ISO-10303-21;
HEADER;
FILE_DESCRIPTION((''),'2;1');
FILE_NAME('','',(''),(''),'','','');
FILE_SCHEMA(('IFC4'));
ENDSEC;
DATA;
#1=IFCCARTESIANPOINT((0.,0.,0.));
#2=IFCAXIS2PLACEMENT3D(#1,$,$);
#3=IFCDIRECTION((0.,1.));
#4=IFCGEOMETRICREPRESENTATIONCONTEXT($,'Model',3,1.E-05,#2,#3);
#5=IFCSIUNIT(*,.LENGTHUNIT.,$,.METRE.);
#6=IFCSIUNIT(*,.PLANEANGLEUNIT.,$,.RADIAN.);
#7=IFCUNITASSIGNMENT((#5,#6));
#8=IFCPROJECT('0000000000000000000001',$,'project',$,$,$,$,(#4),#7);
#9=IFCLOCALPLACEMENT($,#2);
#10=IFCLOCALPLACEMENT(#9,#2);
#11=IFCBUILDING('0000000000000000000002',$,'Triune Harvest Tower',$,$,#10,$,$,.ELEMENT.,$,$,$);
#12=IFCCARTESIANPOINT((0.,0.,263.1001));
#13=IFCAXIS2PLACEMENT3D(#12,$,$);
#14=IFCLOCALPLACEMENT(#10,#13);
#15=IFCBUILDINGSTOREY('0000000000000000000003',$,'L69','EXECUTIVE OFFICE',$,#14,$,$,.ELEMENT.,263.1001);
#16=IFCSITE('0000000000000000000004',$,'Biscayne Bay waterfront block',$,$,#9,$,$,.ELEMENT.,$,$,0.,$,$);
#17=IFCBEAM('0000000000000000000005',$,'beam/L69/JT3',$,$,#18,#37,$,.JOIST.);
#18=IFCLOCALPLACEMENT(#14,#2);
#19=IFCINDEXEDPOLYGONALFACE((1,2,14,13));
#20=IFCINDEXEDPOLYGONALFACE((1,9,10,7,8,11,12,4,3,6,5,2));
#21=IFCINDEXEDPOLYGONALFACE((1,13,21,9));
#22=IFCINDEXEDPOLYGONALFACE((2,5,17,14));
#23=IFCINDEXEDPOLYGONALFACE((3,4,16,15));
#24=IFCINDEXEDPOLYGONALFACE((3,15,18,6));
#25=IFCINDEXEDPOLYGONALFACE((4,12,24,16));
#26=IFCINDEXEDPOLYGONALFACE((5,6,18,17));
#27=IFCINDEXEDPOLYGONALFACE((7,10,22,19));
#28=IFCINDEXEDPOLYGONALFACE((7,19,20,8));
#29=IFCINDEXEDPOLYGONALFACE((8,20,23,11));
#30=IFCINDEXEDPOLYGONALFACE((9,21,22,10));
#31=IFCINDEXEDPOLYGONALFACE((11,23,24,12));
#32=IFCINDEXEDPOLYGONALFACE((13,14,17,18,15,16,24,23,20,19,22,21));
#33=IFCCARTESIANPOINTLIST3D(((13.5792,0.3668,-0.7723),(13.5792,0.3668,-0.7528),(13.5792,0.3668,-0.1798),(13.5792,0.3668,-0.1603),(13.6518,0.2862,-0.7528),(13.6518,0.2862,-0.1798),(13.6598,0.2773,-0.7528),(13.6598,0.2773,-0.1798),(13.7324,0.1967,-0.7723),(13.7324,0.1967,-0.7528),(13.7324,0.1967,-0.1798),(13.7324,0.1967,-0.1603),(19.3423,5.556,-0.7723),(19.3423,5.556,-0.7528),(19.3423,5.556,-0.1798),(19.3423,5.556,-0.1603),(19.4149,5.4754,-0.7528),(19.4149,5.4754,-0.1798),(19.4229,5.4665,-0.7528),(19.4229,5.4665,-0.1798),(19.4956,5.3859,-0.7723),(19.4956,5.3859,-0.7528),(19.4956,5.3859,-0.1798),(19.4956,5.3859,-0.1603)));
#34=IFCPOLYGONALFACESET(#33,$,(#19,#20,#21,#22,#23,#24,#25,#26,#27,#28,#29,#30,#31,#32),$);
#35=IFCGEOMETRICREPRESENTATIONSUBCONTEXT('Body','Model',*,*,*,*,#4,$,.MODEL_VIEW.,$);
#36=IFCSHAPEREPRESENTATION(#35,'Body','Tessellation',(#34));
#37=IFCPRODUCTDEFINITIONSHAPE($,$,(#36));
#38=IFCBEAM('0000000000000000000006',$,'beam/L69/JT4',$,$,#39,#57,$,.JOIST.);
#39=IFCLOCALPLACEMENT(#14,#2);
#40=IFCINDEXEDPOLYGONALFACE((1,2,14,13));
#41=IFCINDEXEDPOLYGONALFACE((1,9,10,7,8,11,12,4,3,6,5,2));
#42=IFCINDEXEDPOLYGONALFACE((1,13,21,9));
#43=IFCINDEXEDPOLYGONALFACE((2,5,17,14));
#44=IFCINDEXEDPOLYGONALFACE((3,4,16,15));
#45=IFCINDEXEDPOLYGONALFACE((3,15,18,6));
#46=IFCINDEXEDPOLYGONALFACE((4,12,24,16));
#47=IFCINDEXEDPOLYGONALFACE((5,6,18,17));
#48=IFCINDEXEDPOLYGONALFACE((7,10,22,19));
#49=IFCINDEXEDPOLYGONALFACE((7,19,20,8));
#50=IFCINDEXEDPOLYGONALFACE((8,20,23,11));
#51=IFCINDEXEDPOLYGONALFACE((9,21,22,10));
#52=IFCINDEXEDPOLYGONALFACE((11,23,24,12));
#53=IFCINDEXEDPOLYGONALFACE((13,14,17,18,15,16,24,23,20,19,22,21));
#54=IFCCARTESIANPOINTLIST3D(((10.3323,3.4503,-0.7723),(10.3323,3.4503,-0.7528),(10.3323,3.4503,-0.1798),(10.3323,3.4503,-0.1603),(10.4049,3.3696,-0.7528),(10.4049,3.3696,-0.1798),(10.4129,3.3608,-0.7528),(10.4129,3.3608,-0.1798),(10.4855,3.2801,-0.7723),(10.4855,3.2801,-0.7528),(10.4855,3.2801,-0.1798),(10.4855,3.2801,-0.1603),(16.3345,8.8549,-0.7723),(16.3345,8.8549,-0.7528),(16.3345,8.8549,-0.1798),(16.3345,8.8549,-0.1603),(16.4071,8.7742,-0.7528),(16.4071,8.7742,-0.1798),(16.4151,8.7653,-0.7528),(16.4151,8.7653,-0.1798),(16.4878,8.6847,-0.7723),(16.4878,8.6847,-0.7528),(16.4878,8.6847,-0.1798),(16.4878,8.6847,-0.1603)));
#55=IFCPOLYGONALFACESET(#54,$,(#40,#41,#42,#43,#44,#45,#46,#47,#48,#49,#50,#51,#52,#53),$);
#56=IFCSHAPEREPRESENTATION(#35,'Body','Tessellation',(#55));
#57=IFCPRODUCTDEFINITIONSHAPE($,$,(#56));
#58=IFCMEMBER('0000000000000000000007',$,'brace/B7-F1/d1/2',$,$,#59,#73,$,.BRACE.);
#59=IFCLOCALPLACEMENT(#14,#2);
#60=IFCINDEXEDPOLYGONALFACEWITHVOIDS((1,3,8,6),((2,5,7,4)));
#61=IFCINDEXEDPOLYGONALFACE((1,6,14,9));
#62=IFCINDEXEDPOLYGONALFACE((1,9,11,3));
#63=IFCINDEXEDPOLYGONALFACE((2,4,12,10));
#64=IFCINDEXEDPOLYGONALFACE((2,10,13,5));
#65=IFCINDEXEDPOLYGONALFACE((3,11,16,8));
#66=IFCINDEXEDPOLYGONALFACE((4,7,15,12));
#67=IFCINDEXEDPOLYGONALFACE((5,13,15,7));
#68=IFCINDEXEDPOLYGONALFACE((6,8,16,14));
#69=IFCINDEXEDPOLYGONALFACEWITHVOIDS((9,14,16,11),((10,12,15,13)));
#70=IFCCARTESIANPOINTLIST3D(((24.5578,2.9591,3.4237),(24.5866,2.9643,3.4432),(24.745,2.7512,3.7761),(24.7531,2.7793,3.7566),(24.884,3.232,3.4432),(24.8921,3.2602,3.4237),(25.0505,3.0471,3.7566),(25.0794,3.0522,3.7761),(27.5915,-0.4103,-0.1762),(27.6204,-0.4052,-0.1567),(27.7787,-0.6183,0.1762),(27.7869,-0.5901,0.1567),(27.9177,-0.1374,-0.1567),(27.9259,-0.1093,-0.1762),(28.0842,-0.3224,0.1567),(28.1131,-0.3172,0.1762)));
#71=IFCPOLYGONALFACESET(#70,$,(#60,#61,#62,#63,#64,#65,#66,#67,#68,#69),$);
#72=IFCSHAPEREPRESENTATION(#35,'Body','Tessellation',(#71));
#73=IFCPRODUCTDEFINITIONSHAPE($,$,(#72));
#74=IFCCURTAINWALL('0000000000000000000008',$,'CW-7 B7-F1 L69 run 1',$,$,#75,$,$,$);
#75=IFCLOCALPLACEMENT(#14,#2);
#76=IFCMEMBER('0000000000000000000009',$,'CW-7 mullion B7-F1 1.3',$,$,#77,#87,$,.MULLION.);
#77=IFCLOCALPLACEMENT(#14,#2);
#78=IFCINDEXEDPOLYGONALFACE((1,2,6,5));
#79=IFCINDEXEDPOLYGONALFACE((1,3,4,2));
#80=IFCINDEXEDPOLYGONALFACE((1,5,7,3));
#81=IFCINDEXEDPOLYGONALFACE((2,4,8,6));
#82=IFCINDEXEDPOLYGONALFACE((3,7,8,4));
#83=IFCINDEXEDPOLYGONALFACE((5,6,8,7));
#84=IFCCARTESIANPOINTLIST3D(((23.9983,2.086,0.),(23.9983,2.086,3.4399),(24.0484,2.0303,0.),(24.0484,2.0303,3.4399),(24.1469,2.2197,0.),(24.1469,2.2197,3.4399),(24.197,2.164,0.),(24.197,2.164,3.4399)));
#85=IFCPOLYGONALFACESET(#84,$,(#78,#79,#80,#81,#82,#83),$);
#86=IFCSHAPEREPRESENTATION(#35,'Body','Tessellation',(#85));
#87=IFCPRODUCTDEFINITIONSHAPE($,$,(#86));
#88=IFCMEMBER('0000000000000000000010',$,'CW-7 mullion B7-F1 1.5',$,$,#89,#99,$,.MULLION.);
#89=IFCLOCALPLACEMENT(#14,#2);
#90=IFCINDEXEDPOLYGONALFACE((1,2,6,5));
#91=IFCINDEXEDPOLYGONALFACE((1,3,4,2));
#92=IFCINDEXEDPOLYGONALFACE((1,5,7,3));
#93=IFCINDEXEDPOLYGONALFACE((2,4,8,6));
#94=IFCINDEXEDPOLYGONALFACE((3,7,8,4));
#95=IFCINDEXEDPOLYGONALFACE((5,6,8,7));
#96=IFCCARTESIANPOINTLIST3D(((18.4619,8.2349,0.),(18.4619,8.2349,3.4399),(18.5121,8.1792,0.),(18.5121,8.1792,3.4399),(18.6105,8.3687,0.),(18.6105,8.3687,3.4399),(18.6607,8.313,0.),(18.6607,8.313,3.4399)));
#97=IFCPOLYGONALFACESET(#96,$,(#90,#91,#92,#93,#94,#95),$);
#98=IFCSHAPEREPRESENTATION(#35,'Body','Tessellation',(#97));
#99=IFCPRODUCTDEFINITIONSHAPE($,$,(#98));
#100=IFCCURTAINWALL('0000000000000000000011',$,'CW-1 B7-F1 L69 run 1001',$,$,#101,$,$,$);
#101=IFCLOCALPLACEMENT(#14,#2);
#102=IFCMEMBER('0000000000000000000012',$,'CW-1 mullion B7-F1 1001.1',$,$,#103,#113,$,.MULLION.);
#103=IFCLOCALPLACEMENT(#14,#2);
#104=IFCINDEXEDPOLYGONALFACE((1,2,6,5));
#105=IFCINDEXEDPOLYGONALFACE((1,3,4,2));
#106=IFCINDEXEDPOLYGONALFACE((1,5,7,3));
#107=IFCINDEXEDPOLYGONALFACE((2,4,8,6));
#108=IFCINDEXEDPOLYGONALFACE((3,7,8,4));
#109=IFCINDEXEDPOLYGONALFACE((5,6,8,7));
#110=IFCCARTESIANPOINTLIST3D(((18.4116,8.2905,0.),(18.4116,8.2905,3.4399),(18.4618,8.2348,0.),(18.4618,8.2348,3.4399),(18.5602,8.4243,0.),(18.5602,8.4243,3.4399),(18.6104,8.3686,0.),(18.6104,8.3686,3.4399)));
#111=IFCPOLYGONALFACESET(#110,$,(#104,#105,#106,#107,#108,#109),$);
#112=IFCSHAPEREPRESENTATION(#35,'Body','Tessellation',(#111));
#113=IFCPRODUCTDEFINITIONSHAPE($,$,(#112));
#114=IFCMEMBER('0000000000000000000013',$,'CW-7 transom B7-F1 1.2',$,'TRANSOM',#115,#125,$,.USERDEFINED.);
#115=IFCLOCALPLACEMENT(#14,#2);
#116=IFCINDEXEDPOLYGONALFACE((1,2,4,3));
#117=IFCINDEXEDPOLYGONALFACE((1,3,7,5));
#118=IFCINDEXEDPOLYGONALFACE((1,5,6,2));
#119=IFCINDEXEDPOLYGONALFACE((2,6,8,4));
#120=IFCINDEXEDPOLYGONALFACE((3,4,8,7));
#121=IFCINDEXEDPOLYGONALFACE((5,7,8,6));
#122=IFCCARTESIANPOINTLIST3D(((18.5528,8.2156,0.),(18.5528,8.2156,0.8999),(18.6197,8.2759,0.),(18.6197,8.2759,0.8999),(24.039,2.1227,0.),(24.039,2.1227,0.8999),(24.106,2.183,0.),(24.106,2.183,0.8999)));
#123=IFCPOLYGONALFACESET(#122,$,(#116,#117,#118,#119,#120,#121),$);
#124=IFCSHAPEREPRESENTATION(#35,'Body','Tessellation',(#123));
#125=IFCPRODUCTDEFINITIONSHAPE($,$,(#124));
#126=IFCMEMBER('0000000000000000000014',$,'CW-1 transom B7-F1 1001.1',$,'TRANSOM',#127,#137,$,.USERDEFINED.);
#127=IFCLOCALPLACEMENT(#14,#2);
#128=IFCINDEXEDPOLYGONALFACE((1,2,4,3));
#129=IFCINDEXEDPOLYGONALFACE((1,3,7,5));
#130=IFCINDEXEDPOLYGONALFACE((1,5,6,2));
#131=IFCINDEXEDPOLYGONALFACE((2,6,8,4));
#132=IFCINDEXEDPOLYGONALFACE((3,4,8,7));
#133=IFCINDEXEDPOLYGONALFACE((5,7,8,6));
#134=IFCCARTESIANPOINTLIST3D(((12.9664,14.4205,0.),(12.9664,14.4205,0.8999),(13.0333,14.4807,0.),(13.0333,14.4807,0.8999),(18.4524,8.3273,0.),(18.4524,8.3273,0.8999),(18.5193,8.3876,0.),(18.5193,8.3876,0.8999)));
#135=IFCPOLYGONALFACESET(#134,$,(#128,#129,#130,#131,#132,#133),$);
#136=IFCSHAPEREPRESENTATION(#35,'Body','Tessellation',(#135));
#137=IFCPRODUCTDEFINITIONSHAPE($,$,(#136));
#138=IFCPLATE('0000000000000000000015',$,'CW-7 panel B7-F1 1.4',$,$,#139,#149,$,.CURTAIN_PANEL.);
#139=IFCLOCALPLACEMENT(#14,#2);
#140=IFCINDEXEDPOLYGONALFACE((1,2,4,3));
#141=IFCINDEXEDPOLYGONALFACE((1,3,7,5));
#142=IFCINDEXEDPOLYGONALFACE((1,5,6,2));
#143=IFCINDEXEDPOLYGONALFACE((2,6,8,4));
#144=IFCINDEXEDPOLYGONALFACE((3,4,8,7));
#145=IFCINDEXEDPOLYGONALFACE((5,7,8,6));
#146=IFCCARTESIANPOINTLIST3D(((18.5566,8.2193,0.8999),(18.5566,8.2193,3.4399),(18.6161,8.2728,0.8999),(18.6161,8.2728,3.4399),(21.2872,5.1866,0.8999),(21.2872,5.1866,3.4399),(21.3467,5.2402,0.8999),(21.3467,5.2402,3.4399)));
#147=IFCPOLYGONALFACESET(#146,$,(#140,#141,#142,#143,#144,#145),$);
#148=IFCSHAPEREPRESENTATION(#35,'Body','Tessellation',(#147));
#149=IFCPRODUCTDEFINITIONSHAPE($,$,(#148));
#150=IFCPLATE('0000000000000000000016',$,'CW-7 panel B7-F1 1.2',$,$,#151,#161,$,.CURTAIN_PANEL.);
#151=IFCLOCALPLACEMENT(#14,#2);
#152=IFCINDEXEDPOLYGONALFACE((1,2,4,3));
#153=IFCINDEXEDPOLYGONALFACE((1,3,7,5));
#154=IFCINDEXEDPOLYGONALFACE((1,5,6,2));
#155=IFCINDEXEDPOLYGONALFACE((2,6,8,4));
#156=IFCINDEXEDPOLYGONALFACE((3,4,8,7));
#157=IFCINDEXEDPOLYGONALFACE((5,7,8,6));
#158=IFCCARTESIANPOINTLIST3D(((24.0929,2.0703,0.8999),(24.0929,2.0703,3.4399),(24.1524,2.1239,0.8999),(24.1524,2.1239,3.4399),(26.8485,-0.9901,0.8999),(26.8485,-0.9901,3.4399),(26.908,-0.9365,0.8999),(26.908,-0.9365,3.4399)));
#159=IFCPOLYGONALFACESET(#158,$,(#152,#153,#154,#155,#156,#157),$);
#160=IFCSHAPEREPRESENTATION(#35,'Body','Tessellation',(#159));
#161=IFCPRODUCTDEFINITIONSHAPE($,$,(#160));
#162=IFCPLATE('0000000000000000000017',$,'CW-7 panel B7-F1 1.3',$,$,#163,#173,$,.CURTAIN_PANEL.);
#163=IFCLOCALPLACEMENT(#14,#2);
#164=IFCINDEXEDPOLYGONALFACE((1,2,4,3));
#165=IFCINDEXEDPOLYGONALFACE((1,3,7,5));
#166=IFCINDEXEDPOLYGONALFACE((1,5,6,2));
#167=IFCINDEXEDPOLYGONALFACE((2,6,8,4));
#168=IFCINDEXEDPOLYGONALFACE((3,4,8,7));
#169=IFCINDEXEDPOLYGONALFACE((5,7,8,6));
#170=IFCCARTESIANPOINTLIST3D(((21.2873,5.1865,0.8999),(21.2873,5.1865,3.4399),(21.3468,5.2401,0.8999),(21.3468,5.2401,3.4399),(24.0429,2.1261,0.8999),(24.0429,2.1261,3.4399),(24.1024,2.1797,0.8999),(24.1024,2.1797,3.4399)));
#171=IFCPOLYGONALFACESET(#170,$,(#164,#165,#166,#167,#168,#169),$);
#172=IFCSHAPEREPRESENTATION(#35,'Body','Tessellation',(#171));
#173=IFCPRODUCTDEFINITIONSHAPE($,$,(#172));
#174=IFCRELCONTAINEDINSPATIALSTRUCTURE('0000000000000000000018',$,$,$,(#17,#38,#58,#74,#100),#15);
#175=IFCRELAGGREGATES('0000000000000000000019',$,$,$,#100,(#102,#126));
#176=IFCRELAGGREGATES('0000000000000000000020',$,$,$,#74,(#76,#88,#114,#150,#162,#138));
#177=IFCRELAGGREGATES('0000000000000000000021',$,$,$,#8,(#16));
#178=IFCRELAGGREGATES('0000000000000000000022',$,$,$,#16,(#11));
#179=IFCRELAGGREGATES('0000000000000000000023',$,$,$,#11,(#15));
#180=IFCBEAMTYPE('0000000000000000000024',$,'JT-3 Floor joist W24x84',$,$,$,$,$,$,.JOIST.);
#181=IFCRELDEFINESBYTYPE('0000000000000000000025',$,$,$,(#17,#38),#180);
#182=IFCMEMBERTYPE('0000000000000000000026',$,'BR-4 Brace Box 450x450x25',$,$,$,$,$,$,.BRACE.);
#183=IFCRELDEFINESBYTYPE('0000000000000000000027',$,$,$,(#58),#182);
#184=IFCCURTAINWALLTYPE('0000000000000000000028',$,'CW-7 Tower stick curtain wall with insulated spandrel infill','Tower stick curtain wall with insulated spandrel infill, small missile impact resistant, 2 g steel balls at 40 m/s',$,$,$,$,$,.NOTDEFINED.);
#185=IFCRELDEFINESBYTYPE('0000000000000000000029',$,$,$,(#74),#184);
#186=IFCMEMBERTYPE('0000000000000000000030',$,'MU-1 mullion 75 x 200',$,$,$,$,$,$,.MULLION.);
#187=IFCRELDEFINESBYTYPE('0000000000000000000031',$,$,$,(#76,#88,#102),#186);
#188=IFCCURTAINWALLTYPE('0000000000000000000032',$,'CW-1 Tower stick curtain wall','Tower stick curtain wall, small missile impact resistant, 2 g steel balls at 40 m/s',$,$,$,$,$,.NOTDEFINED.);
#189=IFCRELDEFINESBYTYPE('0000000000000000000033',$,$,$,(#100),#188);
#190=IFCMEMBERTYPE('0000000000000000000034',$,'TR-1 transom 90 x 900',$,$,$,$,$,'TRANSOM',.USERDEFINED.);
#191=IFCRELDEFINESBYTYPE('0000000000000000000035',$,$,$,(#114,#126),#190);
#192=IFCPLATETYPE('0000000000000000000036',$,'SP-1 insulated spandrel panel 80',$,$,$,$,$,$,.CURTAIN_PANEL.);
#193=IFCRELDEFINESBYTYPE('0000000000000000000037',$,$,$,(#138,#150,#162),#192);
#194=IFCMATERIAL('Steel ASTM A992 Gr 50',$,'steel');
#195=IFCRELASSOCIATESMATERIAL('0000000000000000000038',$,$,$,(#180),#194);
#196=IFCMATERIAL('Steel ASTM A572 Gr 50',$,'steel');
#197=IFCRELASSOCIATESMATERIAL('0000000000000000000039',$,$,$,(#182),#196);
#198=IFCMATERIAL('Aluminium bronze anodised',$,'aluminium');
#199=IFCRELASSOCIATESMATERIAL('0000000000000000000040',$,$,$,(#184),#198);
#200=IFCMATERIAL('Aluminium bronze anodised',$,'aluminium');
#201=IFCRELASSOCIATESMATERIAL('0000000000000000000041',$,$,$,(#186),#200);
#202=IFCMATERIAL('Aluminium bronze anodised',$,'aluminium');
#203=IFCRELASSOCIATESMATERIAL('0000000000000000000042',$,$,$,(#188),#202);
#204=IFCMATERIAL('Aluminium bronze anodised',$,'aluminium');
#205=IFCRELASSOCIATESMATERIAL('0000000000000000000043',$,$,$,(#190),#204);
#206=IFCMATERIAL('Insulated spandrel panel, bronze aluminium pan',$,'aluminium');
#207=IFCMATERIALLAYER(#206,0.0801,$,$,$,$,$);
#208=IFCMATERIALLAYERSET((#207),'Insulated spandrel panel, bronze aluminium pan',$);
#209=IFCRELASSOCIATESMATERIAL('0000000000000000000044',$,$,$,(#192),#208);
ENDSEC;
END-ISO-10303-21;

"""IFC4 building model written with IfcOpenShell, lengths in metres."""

from ifc_helpers import new_model, si_unit, direction, frame, origin, origin_2d, place, context, subcontext, project, spatial, rectangle, hollow_rectangle, i_section, extrude, source, transform, mapped, material, layer, layer_set, material_profile, profile_set, type_object, element, aggregate, save


model = new_model("IFC4")

# Units and contexts
model_context = context("Model", 3, precision=1e-05, world=origin(), true_north=direction((0.0, 1.0)))
body_context = subcontext(model_context, "Body", "Model", "MODEL_VIEW")
ifc_project = project(units=[si_unit("LENGTHUNIT", "METRE"), si_unit("PLANEANGLEUNIT", "RADIAN")], contexts=[model_context])

# Site, building, storey
site_placement = place(None, origin())
site = spatial("IfcSite", under=ifc_project, at=site_placement, Name="Biscayne Bay waterfront block", CompositionType="ELEMENT", RefElevation=0.0)
building_placement = place(site_placement, origin())
building = spatial("IfcBuilding", under=site, at=building_placement, Name="Triune Harvest Tower", CompositionType="ELEMENT")
storey_placement = place(building_placement, frame((0.0, 0.0, 263.1001)))
storey = spatial("IfcBuildingStorey", under=building, at=storey_placement, Name="L69", Description="EXECUTIVE OFFICE", CompositionType="ELEMENT", Elevation=263.1001)

# Beams
ifc_material_1 = material(Name="Steel ASTM A992 Gr 50", Category="steel")
ifc_material_profile_1 = material_profile(ifc_material_1, i_section(OverallWidth=0.229, OverallDepth=0.6121, WebThickness=0.012, FlangeThickness=0.0195, at=origin_2d()), Name="W24x84")
ifc_profile_set_1 = profile_set([ifc_material_profile_1], Name="Steel ASTM A992 Gr 50")
beam_type_1 = type_object("IfcBeamType", Name="JT-3 Floor joist W24x84", PredefinedType="JOIST", material=ifc_profile_set_1)
shared_shape_1 = source(origin(), body_context, "Body", "SweptSolid", [
    extrude(i_section(OverallWidth=0.229, OverallDepth=0.6121, WebThickness=0.012, FlangeThickness=0.0195, at=origin_2d()), origin(), (0.0, 0.0, 1.0), 7.7551),
])
beam_1_placement = place(storey_placement, frame((19.4189, 5.4709, -0.4663), z_axis=(-0.743144, -0.669132, 0.0), x_axis=(0.669132, -0.743144, 0.0)))
element("IfcBeam", 1, at=beam_1_placement, inside=storey, type_object=beam_type_1, Name="beam/L69/JT3", PredefinedType="JOIST", context=body_context, shape_type="MappedRepresentation", body=[
    mapped(shared_shape_1, transform((0.0, 0.0, 0.0), scale=1.0)),
])
shared_shape_2 = source(origin(), body_context, "Body", "SweptSolid", [
    extrude(i_section(OverallWidth=0.229, OverallDepth=0.6121, WebThickness=0.012, FlangeThickness=0.0195, at=origin_2d()), origin(), (0.0, 0.0, 1.0), 8.0769),
])
beam_2_placement = place(storey_placement, frame((16.4111, 8.7698, -0.4663), z_axis=(-0.743136, -0.66914, 0.0), x_axis=(0.66914, -0.743136, 0.0)))
element("IfcBeam", 2, at=beam_2_placement, inside=storey, type_object=beam_type_1, Name="beam/L69/JT4", PredefinedType="JOIST", context=body_context, shape_type="MappedRepresentation", body=[
    mapped(shared_shape_2, transform((0.0, 0.0, 0.0), scale=1.0)),
])

# Member
ifc_material_2 = material(Name="Steel ASTM A572 Gr 50", Category="steel")
ifc_material_profile_2 = material_profile(ifc_material_2, hollow_rectangle(XDim=0.45, YDim=0.45, WallThickness=0.0249, at=origin_2d()), Name="Box 450x450x25")
ifc_profile_set_2 = profile_set([ifc_material_profile_2], Name="Steel ASTM A572 Gr 50")
member_type_1 = type_object("IfcMemberType", Name="BR-4 Brace Box 450x450x25", PredefinedType="BRACE", material=ifc_profile_set_2)
shared_shape_3 = source(origin(), body_context, "Body", "SweptSolid", [
    extrude(hollow_rectangle(XDim=0.45, YDim=0.45, WallThickness=0.0249, at=origin_2d()), origin(), (0.0, 0.0, 1.0), 5.7893),
])
member_1_placement = place(storey_placement, frame((27.8523, -0.3638, 0.0), z_axis=(-0.524025, 0.582011, 0.621821), x_axis=(-0.743158, -0.669116, 0.0)))
element("IfcMember", 3, at=member_1_placement, inside=storey, type_object=member_type_1, Name="brace/B7-F1/d1/2", PredefinedType="BRACE", context=body_context, shape_type="MappedRepresentation", body=[
    mapped(shared_shape_3, transform((0.0, 0.0, 0.0), scale=1.0)),
])

# Curtain wall, members
ifc_material_3 = material(Name="Aluminium bronze anodised", Category="aluminium")
curtain_wall_type_1 = type_object("IfcCurtainWallType", Name="CW-7 Tower stick curtain wall with insulated spandrel infill", Description="Tower stick curtain wall with insulated spandrel infill, small missile impact resistant, 2 g steel balls at 40 m/s", PredefinedType="NOTDEFINED", material=ifc_material_3)
curtain_wall_1_placement = place(storey_placement, origin())
curtain_wall_1 = element("IfcCurtainWall", 4, at=curtain_wall_1_placement, inside=storey, type_object=curtain_wall_type_1, Name="CW-7 B7-F1 L69 run 1")
ifc_material_4 = material(Name="Aluminium bronze anodised", Category="aluminium")
ifc_material_profile_3 = material_profile(ifc_material_4, rectangle(XDim=0.2, YDim=0.075, at=origin_2d()), Name="MU-1 mullion 75 x 200")
ifc_profile_set_3 = profile_set([ifc_material_profile_3], Name="Aluminium bronze anodised")
member_type_2 = type_object("IfcMemberType", Name="MU-1 mullion 75 x 200", PredefinedType="MULLION", material=ifc_profile_set_3)
shared_shape_4 = source(origin(), body_context, "Body", "SweptSolid", [
    extrude(rectangle(XDim=0.2, YDim=0.075, at=origin_2d()), origin(), (0.0, 0.0, 1.0), 3.4399),
])
member_2_placement = place(storey_placement, frame((24.0977, 2.125, 0.0), z_axis=(0.0, 0.0, 1.0), x_axis=(-0.743142, -0.669134, 0.0)))
member_2 = element("IfcMember", 5, at=member_2_placement, type_object=member_type_2, Name="CW-7 mullion B7-F1 1.3", PredefinedType="MULLION", context=body_context, shape_type="MappedRepresentation", body=[
    mapped(shared_shape_4, transform((0.0, 0.0, 0.0), scale=1.0)),
])
member_3_placement = place(storey_placement, frame((18.5613, 8.2739, 0.0), z_axis=(0.0, 0.0, 1.0), x_axis=(-0.743142, -0.669134, 0.0)))
member_3 = element("IfcMember", 6, at=member_3_placement, type_object=member_type_2, Name="CW-7 mullion B7-F1 1.5", PredefinedType="MULLION", context=body_context, shape_type="MappedRepresentation", body=[
    mapped(shared_shape_4, transform((0.0, 0.0, 0.0), scale=1.0)),
])

# Curtain wall, member
ifc_material_5 = material(Name="Aluminium bronze anodised", Category="aluminium")
curtain_wall_type_2 = type_object("IfcCurtainWallType", Name="CW-1 Tower stick curtain wall", Description="Tower stick curtain wall, small missile impact resistant, 2 g steel balls at 40 m/s", PredefinedType="NOTDEFINED", material=ifc_material_5)
curtain_wall_2_placement = place(storey_placement, origin())
curtain_wall_2 = element("IfcCurtainWall", 7, at=curtain_wall_2_placement, inside=storey, type_object=curtain_wall_type_2, Name="CW-1 B7-F1 L69 run 1001")
member_4_placement = place(storey_placement, frame((18.511, 8.3296, 0.0), z_axis=(0.0, 0.0, 1.0), x_axis=(-0.74315, -0.669125, 0.0)))
member_4 = element("IfcMember", 8, at=member_4_placement, type_object=member_type_2, Name="CW-1 mullion B7-F1 1001.1", PredefinedType="MULLION", context=body_context, shape_type="MappedRepresentation", body=[
    mapped(shared_shape_4, transform((0.0, 0.0, 0.0), scale=1.0)),
])

# Members
ifc_material_6 = material(Name="Aluminium bronze anodised", Category="aluminium")
ifc_material_profile_4 = material_profile(ifc_material_6, rectangle(XDim=0.0901, YDim=0.8999, at=origin_2d()), Name="TR-1 transom 90 x 900")
ifc_profile_set_4 = profile_set([ifc_material_profile_4], Name="Aluminium bronze anodised")
member_type_3 = type_object("IfcMemberType", Name="TR-1 transom 90 x 900", ElementType="TRANSOM", PredefinedType="USERDEFINED", material=ifc_profile_set_4)
shared_shape_5 = source(origin(), body_context, "Body", "SweptSolid", [
    extrude(rectangle(XDim=0.0901, YDim=0.8999, at=origin_2d()), origin(), (0.0, 0.0, 1.0), 8.199),
])
member_5_placement = place(storey_placement, frame((24.0725, 2.1528, 0.45), z_axis=(-0.669141, 0.743136, 0.0), x_axis=(-0.743136, -0.669141, 0.0)))
member_5 = element("IfcMember", 9, at=member_5_placement, type_object=member_type_3, Name="CW-7 transom B7-F1 1.2", ObjectType="TRANSOM", PredefinedType="USERDEFINED", context=body_context, shape_type="MappedRepresentation", body=[
    mapped(shared_shape_5, transform((0.0, 0.0, 0.0), scale=1.0)),
])
member_6_placement = place(storey_placement, frame((18.4858, 8.3574, 0.45), z_axis=(-0.669109, 0.743164, 0.0), x_axis=(-0.743164, -0.669109, 0.0)))
member_6 = element("IfcMember", 10, at=member_6_placement, type_object=member_type_3, Name="CW-1 transom B7-F1 1001.1", ObjectType="TRANSOM", PredefinedType="USERDEFINED", context=body_context, shape_type="MappedRepresentation", body=[
    mapped(shared_shape_5, transform((0.0, 0.0, 0.0), scale=1.0)),
])
aggregate(curtain_wall_2, [member_4, member_6])

# Plates
ifc_material_7 = material(Name="Insulated spandrel panel, bronze aluminium pan", Category="aluminium")
ifc_layer_1 = layer(ifc_material_7, 0.0801)
ifc_layer_set_1 = layer_set([ifc_layer_1], Name="Insulated spandrel panel, bronze aluminium pan")
plate_type = type_object("IfcPlateType", Name="SP-1 insulated spandrel panel 80", PredefinedType="CURTAIN_PANEL", material=ifc_layer_set_1)
shared_shape_6 = source(origin(), body_context, "Body", "SweptSolid", [
    extrude(rectangle(XDim=4.0808, YDim=0.0801, at=origin_2d()), origin(), (0.0, 0.0, 1.0), 2.54),
])
plate_1_placement = place(storey_placement, frame((19.9517, 6.7297, 0.8999), z_axis=(0.0, 0.0, 1.0), x_axis=(-0.669134, 0.743142, 0.0)))
plate_1 = element("IfcPlate", 11, at=plate_1_placement, type_object=plate_type, Name="CW-7 panel B7-F1 1.4", PredefinedType="CURTAIN_PANEL", context=body_context, shape_type="MappedRepresentation", body=[
    mapped(shared_shape_6, transform((0.0, 0.0, 0.0), scale=1.0)),
])
shared_shape_7 = source(origin(), body_context, "Body", "SweptSolid", [
    extrude(rectangle(XDim=4.1182, YDim=0.0801, at=origin_2d()), origin(), (0.0, 0.0, 1.0), 2.54),
])
plate_2_placement = place(storey_placement, frame((25.5005, 0.5669, 0.8999), z_axis=(0.0, 0.0, 1.0), x_axis=(-0.669134, 0.743142, 0.0)))
plate_2 = element("IfcPlate", 12, at=plate_2_placement, type_object=plate_type, Name="CW-7 panel B7-F1 1.2", PredefinedType="CURTAIN_PANEL", context=body_context, shape_type="MappedRepresentation", body=[
    mapped(shared_shape_7, transform((0.0, 0.0, 0.0), scale=1.0)),
])
plate_3_placement = place(storey_placement, frame((22.6948, 3.6831, 0.8999), z_axis=(0.0, 0.0, 1.0), x_axis=(-0.669134, 0.743142, 0.0)))
plate_3 = element("IfcPlate", 13, at=plate_3_placement, type_object=plate_type, Name="CW-7 panel B7-F1 1.3", PredefinedType="CURTAIN_PANEL", context=body_context, shape_type="MappedRepresentation", body=[
    mapped(shared_shape_7, transform((0.0, 0.0, 0.0), scale=1.0)),
])
aggregate(curtain_wall_1, [member_2, member_3, member_5, plate_2, plate_3, plate_1])

save(model, "model.ifc")
